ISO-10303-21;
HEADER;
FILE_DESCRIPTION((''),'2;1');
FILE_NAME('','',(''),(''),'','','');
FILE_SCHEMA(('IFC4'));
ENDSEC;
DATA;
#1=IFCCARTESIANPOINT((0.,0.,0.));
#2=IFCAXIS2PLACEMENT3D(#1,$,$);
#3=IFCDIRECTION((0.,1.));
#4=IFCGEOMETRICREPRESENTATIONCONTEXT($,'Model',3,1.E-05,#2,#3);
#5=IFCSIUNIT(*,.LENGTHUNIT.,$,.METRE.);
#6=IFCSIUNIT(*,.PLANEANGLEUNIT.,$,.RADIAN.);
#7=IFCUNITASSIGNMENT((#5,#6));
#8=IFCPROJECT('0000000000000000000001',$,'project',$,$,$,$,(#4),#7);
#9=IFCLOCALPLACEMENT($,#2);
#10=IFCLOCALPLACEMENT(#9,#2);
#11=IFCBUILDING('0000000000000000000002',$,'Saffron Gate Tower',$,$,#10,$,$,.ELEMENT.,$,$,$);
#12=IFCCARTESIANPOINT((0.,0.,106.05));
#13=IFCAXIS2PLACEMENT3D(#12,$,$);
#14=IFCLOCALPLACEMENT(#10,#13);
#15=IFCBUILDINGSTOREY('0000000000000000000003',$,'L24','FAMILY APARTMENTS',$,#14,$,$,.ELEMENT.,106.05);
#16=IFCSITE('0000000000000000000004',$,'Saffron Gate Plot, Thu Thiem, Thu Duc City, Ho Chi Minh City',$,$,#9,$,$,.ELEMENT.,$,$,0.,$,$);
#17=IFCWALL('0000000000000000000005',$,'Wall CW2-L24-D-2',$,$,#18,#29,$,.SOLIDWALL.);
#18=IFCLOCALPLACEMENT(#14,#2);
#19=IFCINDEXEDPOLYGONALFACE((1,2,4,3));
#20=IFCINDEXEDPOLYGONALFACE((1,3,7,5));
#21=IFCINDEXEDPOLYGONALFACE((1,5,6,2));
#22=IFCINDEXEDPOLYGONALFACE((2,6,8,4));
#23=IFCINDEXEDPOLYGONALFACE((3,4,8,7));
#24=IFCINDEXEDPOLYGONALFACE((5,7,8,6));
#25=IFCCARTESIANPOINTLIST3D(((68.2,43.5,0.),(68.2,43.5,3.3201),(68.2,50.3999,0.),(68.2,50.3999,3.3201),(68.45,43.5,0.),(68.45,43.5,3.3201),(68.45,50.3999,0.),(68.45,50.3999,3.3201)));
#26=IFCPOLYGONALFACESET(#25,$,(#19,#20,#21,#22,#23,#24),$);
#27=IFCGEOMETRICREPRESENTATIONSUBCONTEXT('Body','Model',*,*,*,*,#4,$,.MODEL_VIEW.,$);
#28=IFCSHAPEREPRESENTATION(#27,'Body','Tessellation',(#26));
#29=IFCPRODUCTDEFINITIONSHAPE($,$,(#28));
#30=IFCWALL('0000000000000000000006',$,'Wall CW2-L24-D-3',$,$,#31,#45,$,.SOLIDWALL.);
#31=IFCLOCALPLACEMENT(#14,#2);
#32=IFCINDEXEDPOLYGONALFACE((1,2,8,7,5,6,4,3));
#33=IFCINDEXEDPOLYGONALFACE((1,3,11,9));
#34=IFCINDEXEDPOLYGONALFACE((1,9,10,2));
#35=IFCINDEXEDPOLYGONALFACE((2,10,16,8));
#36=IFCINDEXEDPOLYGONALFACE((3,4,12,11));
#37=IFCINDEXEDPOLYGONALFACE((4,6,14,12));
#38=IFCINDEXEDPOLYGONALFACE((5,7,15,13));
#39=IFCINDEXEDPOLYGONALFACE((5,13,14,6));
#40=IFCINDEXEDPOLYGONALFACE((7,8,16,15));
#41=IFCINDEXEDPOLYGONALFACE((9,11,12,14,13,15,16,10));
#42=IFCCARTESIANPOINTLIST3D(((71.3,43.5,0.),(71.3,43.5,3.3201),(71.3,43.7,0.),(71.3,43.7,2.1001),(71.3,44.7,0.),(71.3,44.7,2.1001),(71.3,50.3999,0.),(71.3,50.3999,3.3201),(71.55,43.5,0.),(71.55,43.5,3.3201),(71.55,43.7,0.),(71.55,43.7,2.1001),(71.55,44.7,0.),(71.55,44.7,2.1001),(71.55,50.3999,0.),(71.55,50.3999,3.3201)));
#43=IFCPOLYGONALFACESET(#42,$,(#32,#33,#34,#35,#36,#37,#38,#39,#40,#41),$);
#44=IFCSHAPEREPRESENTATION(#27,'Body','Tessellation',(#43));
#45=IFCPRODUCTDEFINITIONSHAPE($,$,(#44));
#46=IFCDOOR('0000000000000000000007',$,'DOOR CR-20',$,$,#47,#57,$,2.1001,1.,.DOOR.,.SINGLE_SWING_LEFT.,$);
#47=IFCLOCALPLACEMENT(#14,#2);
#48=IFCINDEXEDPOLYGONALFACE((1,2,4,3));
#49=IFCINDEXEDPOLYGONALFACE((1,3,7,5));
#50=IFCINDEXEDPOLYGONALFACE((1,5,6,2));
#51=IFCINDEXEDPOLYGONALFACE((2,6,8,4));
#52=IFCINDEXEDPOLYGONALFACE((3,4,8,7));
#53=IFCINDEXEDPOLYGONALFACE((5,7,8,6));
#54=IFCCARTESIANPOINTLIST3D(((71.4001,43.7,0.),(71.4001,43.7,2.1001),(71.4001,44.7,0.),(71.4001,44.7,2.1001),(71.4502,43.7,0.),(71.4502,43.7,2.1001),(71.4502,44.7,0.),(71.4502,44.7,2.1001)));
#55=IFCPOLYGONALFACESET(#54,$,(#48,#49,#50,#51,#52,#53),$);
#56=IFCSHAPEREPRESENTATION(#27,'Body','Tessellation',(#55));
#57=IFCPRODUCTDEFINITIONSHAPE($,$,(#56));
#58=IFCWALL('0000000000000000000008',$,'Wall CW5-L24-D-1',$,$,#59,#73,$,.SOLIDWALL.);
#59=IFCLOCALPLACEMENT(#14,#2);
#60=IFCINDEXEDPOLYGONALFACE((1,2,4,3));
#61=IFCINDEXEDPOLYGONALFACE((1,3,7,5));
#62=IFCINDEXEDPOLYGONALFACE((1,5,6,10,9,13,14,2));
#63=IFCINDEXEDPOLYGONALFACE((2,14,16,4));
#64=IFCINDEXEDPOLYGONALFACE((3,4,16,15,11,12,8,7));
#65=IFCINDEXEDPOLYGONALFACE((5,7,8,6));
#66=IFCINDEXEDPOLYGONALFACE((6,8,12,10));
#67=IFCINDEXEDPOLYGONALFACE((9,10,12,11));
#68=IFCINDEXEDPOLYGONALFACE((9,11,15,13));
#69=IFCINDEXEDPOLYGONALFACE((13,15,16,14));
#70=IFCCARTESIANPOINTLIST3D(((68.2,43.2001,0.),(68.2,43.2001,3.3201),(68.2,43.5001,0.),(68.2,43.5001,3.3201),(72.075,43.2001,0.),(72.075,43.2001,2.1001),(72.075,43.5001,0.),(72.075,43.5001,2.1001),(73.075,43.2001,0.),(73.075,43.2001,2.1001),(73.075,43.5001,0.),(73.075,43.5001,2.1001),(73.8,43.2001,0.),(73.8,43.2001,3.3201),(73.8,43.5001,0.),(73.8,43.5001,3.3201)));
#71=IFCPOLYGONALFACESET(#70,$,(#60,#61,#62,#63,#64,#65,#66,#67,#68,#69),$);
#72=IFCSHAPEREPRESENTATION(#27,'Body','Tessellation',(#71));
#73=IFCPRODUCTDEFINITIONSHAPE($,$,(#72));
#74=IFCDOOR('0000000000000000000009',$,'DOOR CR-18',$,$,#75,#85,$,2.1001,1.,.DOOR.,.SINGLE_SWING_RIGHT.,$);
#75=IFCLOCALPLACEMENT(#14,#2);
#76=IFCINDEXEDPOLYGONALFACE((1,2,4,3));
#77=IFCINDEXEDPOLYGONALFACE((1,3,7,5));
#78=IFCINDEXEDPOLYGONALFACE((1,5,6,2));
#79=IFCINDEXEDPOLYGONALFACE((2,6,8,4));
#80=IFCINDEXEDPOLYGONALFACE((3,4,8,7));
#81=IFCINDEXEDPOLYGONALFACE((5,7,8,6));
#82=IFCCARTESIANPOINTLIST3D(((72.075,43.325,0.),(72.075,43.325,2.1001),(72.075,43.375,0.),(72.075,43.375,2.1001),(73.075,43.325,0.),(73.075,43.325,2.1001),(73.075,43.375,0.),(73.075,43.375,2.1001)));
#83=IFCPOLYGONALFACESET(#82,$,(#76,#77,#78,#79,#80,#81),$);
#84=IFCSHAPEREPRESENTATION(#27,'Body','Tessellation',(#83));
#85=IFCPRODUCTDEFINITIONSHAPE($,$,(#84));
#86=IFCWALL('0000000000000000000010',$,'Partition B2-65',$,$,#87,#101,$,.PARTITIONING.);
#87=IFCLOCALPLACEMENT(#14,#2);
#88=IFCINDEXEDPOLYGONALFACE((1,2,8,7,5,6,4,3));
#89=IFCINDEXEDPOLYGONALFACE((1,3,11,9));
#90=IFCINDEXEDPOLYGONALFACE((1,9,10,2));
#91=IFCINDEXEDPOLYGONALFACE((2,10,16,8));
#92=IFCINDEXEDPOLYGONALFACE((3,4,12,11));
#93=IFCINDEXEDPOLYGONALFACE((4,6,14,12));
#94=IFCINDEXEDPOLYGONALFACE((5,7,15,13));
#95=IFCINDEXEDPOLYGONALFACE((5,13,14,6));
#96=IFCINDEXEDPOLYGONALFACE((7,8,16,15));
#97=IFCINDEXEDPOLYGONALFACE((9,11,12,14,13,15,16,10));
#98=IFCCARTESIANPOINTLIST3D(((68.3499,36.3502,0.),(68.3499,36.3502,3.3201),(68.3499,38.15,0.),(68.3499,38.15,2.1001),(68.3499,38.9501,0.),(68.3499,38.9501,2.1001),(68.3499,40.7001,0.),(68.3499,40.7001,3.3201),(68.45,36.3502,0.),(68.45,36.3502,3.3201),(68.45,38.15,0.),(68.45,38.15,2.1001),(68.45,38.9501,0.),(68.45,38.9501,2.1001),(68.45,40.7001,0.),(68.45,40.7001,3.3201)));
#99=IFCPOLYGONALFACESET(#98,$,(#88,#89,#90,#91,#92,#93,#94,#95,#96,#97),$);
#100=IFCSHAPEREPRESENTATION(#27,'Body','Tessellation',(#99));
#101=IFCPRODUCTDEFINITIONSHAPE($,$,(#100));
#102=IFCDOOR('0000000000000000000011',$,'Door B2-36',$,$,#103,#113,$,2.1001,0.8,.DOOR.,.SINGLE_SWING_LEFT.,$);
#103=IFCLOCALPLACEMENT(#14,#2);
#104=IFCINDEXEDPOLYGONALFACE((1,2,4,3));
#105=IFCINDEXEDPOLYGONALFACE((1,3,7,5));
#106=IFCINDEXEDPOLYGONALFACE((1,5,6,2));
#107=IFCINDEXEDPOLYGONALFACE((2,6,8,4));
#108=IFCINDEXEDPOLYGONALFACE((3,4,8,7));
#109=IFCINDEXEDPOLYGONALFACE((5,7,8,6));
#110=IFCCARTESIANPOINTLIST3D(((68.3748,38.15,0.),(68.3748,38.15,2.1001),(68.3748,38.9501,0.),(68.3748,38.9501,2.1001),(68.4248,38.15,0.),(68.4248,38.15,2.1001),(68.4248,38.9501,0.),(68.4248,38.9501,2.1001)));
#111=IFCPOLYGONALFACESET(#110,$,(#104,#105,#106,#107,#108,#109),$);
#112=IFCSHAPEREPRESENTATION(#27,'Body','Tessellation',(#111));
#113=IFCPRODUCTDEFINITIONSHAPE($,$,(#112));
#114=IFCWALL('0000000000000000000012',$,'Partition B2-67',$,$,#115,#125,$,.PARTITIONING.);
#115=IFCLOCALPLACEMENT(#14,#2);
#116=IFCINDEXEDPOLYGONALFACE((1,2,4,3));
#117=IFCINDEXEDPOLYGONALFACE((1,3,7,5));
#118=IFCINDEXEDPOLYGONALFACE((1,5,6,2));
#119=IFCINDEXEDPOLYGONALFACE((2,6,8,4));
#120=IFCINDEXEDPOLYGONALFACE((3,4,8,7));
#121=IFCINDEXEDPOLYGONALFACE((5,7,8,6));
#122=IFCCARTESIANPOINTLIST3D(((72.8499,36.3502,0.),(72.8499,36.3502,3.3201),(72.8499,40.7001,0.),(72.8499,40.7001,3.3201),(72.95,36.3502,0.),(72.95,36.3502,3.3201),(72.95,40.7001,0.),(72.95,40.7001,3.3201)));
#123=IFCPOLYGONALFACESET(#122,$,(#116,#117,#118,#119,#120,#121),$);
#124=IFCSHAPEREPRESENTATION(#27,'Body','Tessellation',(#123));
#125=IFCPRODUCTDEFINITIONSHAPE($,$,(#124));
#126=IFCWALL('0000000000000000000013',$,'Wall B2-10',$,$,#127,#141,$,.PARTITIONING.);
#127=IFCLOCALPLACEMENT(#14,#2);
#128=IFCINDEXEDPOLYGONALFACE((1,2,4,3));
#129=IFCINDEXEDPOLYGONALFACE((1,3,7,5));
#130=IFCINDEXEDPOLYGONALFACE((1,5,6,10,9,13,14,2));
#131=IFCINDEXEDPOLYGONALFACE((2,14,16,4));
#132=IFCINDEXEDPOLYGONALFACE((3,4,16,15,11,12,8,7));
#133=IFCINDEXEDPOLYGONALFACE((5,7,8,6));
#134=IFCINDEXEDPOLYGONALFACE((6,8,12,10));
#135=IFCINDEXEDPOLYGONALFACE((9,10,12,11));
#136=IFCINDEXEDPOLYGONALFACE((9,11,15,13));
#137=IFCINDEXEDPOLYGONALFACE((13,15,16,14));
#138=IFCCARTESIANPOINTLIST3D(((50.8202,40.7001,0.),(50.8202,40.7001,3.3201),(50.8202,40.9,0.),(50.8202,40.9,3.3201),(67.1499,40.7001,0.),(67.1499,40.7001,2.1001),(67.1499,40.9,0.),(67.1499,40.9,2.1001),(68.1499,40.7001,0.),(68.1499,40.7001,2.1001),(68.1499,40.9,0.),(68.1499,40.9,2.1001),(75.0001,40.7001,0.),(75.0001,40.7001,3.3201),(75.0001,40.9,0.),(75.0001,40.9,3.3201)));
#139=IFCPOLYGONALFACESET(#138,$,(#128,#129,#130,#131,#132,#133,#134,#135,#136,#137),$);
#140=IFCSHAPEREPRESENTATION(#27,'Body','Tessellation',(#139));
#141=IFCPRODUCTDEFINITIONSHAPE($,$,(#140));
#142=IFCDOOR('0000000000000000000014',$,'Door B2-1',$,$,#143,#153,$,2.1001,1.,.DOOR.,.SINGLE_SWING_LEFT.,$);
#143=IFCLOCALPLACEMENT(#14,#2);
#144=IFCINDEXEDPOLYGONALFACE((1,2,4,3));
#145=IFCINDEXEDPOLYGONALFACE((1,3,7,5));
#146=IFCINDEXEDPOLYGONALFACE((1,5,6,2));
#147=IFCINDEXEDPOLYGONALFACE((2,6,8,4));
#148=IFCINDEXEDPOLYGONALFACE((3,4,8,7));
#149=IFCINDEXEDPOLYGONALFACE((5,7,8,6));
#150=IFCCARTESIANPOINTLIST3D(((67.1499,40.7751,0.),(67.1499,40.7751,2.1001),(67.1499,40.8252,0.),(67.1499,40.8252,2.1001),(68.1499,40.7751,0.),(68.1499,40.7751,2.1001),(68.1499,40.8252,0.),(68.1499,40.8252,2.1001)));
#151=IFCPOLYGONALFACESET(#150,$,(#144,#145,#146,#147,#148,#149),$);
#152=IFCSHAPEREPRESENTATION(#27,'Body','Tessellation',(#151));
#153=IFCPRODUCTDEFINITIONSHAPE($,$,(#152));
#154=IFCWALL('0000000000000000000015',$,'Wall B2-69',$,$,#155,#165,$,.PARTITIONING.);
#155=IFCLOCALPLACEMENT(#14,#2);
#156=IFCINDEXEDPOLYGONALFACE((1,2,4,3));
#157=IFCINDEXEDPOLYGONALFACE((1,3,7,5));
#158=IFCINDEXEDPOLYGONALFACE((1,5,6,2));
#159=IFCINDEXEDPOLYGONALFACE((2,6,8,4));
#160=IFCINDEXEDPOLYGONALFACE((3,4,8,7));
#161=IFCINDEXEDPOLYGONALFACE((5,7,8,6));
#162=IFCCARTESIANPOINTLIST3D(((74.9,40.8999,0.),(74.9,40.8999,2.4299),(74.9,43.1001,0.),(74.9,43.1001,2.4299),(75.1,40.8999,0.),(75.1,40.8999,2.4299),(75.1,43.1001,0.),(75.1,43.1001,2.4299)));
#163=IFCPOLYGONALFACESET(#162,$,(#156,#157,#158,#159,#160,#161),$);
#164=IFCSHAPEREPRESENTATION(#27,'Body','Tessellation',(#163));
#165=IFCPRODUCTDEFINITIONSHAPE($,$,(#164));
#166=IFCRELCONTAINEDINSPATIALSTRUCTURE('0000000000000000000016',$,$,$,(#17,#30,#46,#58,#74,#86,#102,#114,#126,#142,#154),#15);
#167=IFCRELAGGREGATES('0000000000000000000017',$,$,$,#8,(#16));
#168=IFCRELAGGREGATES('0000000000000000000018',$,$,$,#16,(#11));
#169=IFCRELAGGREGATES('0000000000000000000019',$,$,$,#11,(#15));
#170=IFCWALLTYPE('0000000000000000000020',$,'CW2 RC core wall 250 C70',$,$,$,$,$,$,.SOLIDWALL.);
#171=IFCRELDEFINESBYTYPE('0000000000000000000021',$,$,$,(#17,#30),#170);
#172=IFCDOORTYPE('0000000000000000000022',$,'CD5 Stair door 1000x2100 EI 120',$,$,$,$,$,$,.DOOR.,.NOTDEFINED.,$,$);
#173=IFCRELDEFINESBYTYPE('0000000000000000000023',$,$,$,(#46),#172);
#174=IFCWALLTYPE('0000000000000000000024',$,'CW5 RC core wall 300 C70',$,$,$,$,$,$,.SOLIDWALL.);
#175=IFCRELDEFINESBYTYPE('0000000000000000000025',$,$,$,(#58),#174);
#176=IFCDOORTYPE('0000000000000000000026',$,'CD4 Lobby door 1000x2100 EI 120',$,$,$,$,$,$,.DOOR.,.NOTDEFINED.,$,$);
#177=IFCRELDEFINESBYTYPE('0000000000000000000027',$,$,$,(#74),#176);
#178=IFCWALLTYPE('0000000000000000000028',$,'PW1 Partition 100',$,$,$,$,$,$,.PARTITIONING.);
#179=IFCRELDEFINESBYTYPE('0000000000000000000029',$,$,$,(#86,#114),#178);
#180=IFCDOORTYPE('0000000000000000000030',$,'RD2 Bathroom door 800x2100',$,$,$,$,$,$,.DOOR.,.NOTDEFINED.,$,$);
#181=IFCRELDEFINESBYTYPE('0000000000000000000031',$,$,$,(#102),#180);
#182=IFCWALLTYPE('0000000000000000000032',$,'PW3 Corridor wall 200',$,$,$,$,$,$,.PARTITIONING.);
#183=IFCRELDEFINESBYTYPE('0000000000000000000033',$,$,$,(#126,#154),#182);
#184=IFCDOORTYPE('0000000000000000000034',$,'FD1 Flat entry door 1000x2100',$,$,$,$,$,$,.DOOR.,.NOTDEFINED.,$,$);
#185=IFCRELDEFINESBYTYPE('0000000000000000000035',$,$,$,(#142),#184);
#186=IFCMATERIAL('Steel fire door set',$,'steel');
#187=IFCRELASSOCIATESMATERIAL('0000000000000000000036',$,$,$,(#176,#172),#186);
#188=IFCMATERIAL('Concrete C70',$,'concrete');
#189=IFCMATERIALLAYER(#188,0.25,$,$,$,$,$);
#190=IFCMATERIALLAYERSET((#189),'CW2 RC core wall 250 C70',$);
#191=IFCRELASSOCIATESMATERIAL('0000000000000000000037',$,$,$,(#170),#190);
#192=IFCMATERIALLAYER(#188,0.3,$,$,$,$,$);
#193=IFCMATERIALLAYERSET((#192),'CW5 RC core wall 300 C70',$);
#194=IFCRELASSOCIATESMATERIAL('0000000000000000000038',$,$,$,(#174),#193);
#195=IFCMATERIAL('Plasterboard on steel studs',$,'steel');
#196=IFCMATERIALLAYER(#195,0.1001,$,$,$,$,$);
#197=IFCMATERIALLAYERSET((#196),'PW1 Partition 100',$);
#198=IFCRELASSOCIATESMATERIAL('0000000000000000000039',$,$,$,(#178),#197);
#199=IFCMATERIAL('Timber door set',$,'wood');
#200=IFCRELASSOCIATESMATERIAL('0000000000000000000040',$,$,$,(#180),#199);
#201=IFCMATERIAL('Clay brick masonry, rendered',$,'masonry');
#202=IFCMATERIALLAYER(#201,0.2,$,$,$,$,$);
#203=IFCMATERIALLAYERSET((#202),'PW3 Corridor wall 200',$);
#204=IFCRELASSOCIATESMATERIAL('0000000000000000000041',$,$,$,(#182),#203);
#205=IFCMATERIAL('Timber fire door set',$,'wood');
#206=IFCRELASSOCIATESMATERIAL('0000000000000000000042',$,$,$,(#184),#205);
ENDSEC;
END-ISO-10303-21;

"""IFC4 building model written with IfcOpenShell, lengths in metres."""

from ifc_helpers import new_model, si_unit, direction, frame, frame_2d, origin, place, context, subcontext, project, spatial, rectangle, extrude, material, layer, layer_set, type_object, element, fill, save


model = new_model("IFC4")

# Units and contexts
model_context = context("Model", 3, precision=1e-05, world=origin(), true_north=direction((0.0, 1.0)))
body_context = subcontext(model_context, "Body", "Model", "MODEL_VIEW")
ifc_project = project(units=[si_unit("LENGTHUNIT", "METRE"), si_unit("PLANEANGLEUNIT", "RADIAN")], contexts=[model_context])

# Site, building, storey
site_placement = place(None, origin())
site = spatial("IfcSite", under=ifc_project, at=site_placement, Name="Saffron Gate Plot, Thu Thiem, Thu Duc City, Ho Chi Minh City", CompositionType="ELEMENT", RefElevation=0.0)
building_placement = place(site_placement, origin())
building = spatial("IfcBuilding", under=site, at=building_placement, Name="Saffron Gate Tower", CompositionType="ELEMENT")
storey_placement = place(building_placement, frame((0.0, 0.0, 106.05)))
storey = spatial("IfcBuildingStorey", under=building, at=storey_placement, Name="L24", Description="FAMILY APARTMENTS", CompositionType="ELEMENT", Elevation=106.05)

# Shared definitions
ifc_material_1 = material(Name="Steel fire door set", Category="steel")
door_type_1 = type_object("IfcDoorType", Name="CD4 Lobby door 1000x2100 EI 120", OperationType="NOTDEFINED", PredefinedType="DOOR", material=ifc_material_1)

# Wall
ifc_material_2 = material(Name="Concrete C70", Category="concrete")
ifc_layer_1 = layer(ifc_material_2, 0.25)
ifc_layer_set_1 = layer_set([ifc_layer_1], Name="CW2 RC core wall 250 C70")
wall_type_1 = type_object("IfcWallType", Name="CW2 RC core wall 250 C70", PredefinedType="SOLIDWALL", material=ifc_layer_set_1)
wall_1_placement = place(storey_placement, frame((68.325, 43.5, 0.0), z_axis=(0.0, 0.0, 1.0), x_axis=(0.0, 1.0, 0.0)))
element("IfcWall", 1, at=wall_1_placement, inside=storey, type_object=wall_type_1, Name="Wall CW2-L24-D-2", PredefinedType="SOLIDWALL", context=body_context, shape_type="SweptSolid", body=[
    extrude(rectangle(XDim=6.8999, YDim=0.25, at=frame_2d((3.45, 0.0))), origin(), (0.0, 0.0, 1.0), 3.3201),
])

# Walls, openings, doors
wall_2_placement = place(storey_placement, frame((71.425, 43.5, 0.0), z_axis=(0.0, 0.0, 1.0), x_axis=(0.0, 1.0, 0.0)))
wall_2 = element("IfcWall", 2, at=wall_2_placement, inside=storey, type_object=wall_type_1, Name="Wall CW2-L24-D-3", PredefinedType="SOLIDWALL", context=body_context, shape_type="SweptSolid", body=[
    extrude(rectangle(XDim=6.8999, YDim=0.25, at=frame_2d((3.45, 0.0))), origin(), (0.0, 0.0, 1.0), 3.3201),
])
opening_1_placement = place(wall_2_placement, frame((0.2, 0.0, 0.0)))
opening_1 = element("IfcOpeningElement", 3, at=opening_1_placement, cuts=wall_2, PredefinedType="OPENING", context=body_context, shape_type="SweptSolid", body=[
    extrude(rectangle(XDim=1.0, YDim=2.1001, at=frame_2d((0.5, 1.05))), frame((0.0, 0.135, 0.0), z_axis=(0.0, -1.0, 0.0), x_axis=(1.0, 0.0, 0.0)), (0.0, 0.0, 1.0), 0.27),
])
door_type_2 = type_object("IfcDoorType", Name="CD5 Stair door 1000x2100 EI 120", OperationType="NOTDEFINED", PredefinedType="DOOR", material=ifc_material_1)
door_1_placement = place(opening_1_placement, origin())
door_1 = element("IfcDoor", 4, at=door_1_placement, inside=storey, type_object=door_type_2, Name="DOOR CR-20", OperationType="SINGLE_SWING_LEFT", OverallHeight=2.1001, OverallWidth=1.0, PredefinedType="DOOR", context=body_context, shape_type="SweptSolid", body=[
    extrude(rectangle(XDim=1.0, YDim=2.1001, at=frame_2d((0.5, 1.05))), frame((0.0, 0.0249, 0.0), z_axis=(0.0, -1.0, 0.0), x_axis=(1.0, 0.0, 0.0)), (0.0, 0.0, 1.0), 0.05),
])
fill(opening_1, door_1)
ifc_layer_2 = layer(ifc_material_2, 0.3)
ifc_layer_set_2 = layer_set([ifc_layer_2], Name="CW5 RC core wall 300 C70")
wall_type_2 = type_object("IfcWallType", Name="CW5 RC core wall 300 C70", PredefinedType="SOLIDWALL", material=ifc_layer_set_2)
wall_3_placement = place(storey_placement, frame((68.2, 43.3501, 0.0), z_axis=(0.0, 0.0, 1.0), x_axis=(1.0, 0.0, 0.0)))
wall_3 = element("IfcWall", 5, at=wall_3_placement, inside=storey, type_object=wall_type_2, Name="Wall CW5-L24-D-1", PredefinedType="SOLIDWALL", context=body_context, shape_type="SweptSolid", body=[
    extrude(rectangle(XDim=5.6001, YDim=0.3, at=frame_2d((2.8, 0.0))), origin(), (0.0, 0.0, 1.0), 3.3201),
])
opening_2_placement = place(wall_3_placement, frame((3.875, 0.0, 0.0)))
opening_2 = element("IfcOpeningElement", 6, at=opening_2_placement, cuts=wall_3, PredefinedType="OPENING", context=body_context, shape_type="SweptSolid", body=[
    extrude(rectangle(XDim=1.0, YDim=2.1001, at=frame_2d((0.5, 1.05))), frame((0.0, 0.1602, 0.0), z_axis=(0.0, -1.0, 0.0), x_axis=(1.0, 0.0, 0.0)), (0.0, 0.0, 1.0), 0.3201),
])
door_2_placement = place(opening_2_placement, origin())
door_2 = element("IfcDoor", 7, at=door_2_placement, inside=storey, type_object=door_type_1, Name="DOOR CR-18", OperationType="SINGLE_SWING_RIGHT", OverallHeight=2.1001, OverallWidth=1.0, PredefinedType="DOOR", context=body_context, shape_type="SweptSolid", body=[
    extrude(rectangle(XDim=1.0, YDim=2.1001, at=frame_2d((0.5, 1.05))), frame((0.0, 0.0249, 0.0), z_axis=(0.0, -1.0, 0.0), x_axis=(1.0, 0.0, 0.0)), (0.0, 0.0, 1.0), 0.05),
])
fill(opening_2, door_2)
ifc_material_3 = material(Name="Plasterboard on steel studs", Category="steel")
ifc_layer_3 = layer(ifc_material_3, 0.1001)
ifc_layer_set_3 = layer_set([ifc_layer_3], Name="PW1 Partition 100")
wall_type_3 = type_object("IfcWallType", Name="PW1 Partition 100", PredefinedType="PARTITIONING", material=ifc_layer_set_3)
wall_4_placement = place(storey_placement, frame((68.3999, 40.7, 0.0), z_axis=(0.0, 0.0, 1.0), x_axis=(0.0, -1.0, 0.0)))
wall_4 = element("IfcWall", 8, at=wall_4_placement, inside=storey, type_object=wall_type_3, Name="Partition B2-65", PredefinedType="PARTITIONING", context=body_context, shape_type="SweptSolid", body=[
    extrude(rectangle(XDim=4.3499, YDim=0.1001, at=frame_2d((2.1748, 0.0))), origin(), (0.0, 0.0, 1.0), 3.3201),
])
opening_3_placement = place(wall_4_placement, frame((1.75, 0.0, 0.0)))
opening_3 = element("IfcOpeningElement", 9, at=opening_3_placement, cuts=wall_4, PredefinedType="OPENING", context=body_context, shape_type="SweptSolid", body=[
    extrude(rectangle(XDim=0.8, YDim=2.1001, at=frame_2d((0.3999, 1.05))), frame((0.0, 0.0601, 0.0), z_axis=(0.0, -1.0, 0.0), x_axis=(1.0, 0.0, 0.0)), (0.0, 0.0, 1.0), 0.1201),
])
ifc_material_4 = material(Name="Timber door set", Category="wood")
door_type_3 = type_object("IfcDoorType", Name="RD2 Bathroom door 800x2100", OperationType="NOTDEFINED", PredefinedType="DOOR", material=ifc_material_4)
door_3_placement = place(opening_3_placement, origin())
door_3 = element("IfcDoor", 10, at=door_3_placement, inside=storey, type_object=door_type_3, Name="Door B2-36", OperationType="SINGLE_SWING_LEFT", OverallHeight=2.1001, OverallWidth=0.8, PredefinedType="DOOR", context=body_context, shape_type="SweptSolid", body=[
    extrude(rectangle(XDim=0.8, YDim=2.1001, at=frame_2d((0.3999, 1.05))), frame((0.0, 0.0249, 0.0), z_axis=(0.0, -1.0, 0.0), x_axis=(1.0, 0.0, 0.0)), (0.0, 0.0, 1.0), 0.05),
])
fill(opening_3, door_3)

# Wall
wall_5_placement = place(storey_placement, frame((72.8999, 40.7, 0.0), z_axis=(0.0, 0.0, 1.0), x_axis=(0.0, -1.0, 0.0)))
element("IfcWall", 11, at=wall_5_placement, inside=storey, type_object=wall_type_3, Name="Partition B2-67", PredefinedType="PARTITIONING", context=body_context, shape_type="SweptSolid", body=[
    extrude(rectangle(XDim=4.3499, YDim=0.1001, at=frame_2d((2.1748, 0.0))), origin(), (0.0, 0.0, 1.0), 3.3201),
])

# Wall, opening, door
ifc_material_5 = material(Name="Clay brick masonry, rendered", Category="masonry")
ifc_layer_4 = layer(ifc_material_5, 0.2)
ifc_layer_set_4 = layer_set([ifc_layer_4], Name="PW3 Corridor wall 200")
wall_type_4 = type_object("IfcWallType", Name="PW3 Corridor wall 200", PredefinedType="PARTITIONING", material=ifc_layer_set_4)
wall_6_placement = place(storey_placement, frame((75.0, 40.8, 0.0), z_axis=(0.0, 0.0, 1.0), x_axis=(-1.0, 0.0, 0.0)))
wall_6 = element("IfcWall", 12, at=wall_6_placement, inside=storey, type_object=wall_type_4, Name="Wall B2-10", PredefinedType="PARTITIONING", context=body_context, shape_type="SweptSolid", body=[
    extrude(rectangle(XDim=24.1799, YDim=0.2, at=frame_2d((12.0898, 0.0))), origin(), (0.0, 0.0, 1.0), 3.3201),
])
opening_4_placement = place(wall_6_placement, frame((6.8501, 0.0, 0.0)))
opening_4 = element("IfcOpeningElement", 13, at=opening_4_placement, cuts=wall_6, PredefinedType="OPENING", context=body_context, shape_type="SweptSolid", body=[
    extrude(rectangle(XDim=1.0, YDim=2.1001, at=frame_2d((0.5, 1.05))), frame((0.0, 0.1099, 0.0), z_axis=(0.0, -1.0, 0.0), x_axis=(1.0, 0.0, 0.0)), (0.0, 0.0, 1.0), 0.22),
])
ifc_material_6 = material(Name="Timber fire door set", Category="wood")
door_type_4 = type_object("IfcDoorType", Name="FD1 Flat entry door 1000x2100", OperationType="NOTDEFINED", PredefinedType="DOOR", material=ifc_material_6)
door_4_placement = place(opening_4_placement, origin())
door_4 = element("IfcDoor", 14, at=door_4_placement, inside=storey, type_object=door_type_4, Name="Door B2-1", OperationType="SINGLE_SWING_LEFT", OverallHeight=2.1001, OverallWidth=1.0, PredefinedType="DOOR", context=body_context, shape_type="SweptSolid", body=[
    extrude(rectangle(XDim=1.0, YDim=2.1001, at=frame_2d((0.5, 1.05))), frame((0.0, 0.0249, 0.0), z_axis=(0.0, -1.0, 0.0), x_axis=(1.0, 0.0, 0.0)), (0.0, 0.0, 1.0), 0.05),
])
fill(opening_4, door_4)

# Wall
wall_7_placement = place(storey_placement, frame((75.0, 43.1001, 0.0), z_axis=(0.0, 0.0, 1.0), x_axis=(0.0, -1.0, 0.0)))
element("IfcWall", 15, at=wall_7_placement, inside=storey, type_object=wall_type_4, Name="Wall B2-69", PredefinedType="PARTITIONING", context=body_context, shape_type="SweptSolid", body=[
    extrude(rectangle(XDim=2.2002, YDim=0.2, at=frame_2d((1.1001, 0.0))), origin(), (0.0, 0.0, 1.0), 2.4299),
])

save(model, "model.ifc")
